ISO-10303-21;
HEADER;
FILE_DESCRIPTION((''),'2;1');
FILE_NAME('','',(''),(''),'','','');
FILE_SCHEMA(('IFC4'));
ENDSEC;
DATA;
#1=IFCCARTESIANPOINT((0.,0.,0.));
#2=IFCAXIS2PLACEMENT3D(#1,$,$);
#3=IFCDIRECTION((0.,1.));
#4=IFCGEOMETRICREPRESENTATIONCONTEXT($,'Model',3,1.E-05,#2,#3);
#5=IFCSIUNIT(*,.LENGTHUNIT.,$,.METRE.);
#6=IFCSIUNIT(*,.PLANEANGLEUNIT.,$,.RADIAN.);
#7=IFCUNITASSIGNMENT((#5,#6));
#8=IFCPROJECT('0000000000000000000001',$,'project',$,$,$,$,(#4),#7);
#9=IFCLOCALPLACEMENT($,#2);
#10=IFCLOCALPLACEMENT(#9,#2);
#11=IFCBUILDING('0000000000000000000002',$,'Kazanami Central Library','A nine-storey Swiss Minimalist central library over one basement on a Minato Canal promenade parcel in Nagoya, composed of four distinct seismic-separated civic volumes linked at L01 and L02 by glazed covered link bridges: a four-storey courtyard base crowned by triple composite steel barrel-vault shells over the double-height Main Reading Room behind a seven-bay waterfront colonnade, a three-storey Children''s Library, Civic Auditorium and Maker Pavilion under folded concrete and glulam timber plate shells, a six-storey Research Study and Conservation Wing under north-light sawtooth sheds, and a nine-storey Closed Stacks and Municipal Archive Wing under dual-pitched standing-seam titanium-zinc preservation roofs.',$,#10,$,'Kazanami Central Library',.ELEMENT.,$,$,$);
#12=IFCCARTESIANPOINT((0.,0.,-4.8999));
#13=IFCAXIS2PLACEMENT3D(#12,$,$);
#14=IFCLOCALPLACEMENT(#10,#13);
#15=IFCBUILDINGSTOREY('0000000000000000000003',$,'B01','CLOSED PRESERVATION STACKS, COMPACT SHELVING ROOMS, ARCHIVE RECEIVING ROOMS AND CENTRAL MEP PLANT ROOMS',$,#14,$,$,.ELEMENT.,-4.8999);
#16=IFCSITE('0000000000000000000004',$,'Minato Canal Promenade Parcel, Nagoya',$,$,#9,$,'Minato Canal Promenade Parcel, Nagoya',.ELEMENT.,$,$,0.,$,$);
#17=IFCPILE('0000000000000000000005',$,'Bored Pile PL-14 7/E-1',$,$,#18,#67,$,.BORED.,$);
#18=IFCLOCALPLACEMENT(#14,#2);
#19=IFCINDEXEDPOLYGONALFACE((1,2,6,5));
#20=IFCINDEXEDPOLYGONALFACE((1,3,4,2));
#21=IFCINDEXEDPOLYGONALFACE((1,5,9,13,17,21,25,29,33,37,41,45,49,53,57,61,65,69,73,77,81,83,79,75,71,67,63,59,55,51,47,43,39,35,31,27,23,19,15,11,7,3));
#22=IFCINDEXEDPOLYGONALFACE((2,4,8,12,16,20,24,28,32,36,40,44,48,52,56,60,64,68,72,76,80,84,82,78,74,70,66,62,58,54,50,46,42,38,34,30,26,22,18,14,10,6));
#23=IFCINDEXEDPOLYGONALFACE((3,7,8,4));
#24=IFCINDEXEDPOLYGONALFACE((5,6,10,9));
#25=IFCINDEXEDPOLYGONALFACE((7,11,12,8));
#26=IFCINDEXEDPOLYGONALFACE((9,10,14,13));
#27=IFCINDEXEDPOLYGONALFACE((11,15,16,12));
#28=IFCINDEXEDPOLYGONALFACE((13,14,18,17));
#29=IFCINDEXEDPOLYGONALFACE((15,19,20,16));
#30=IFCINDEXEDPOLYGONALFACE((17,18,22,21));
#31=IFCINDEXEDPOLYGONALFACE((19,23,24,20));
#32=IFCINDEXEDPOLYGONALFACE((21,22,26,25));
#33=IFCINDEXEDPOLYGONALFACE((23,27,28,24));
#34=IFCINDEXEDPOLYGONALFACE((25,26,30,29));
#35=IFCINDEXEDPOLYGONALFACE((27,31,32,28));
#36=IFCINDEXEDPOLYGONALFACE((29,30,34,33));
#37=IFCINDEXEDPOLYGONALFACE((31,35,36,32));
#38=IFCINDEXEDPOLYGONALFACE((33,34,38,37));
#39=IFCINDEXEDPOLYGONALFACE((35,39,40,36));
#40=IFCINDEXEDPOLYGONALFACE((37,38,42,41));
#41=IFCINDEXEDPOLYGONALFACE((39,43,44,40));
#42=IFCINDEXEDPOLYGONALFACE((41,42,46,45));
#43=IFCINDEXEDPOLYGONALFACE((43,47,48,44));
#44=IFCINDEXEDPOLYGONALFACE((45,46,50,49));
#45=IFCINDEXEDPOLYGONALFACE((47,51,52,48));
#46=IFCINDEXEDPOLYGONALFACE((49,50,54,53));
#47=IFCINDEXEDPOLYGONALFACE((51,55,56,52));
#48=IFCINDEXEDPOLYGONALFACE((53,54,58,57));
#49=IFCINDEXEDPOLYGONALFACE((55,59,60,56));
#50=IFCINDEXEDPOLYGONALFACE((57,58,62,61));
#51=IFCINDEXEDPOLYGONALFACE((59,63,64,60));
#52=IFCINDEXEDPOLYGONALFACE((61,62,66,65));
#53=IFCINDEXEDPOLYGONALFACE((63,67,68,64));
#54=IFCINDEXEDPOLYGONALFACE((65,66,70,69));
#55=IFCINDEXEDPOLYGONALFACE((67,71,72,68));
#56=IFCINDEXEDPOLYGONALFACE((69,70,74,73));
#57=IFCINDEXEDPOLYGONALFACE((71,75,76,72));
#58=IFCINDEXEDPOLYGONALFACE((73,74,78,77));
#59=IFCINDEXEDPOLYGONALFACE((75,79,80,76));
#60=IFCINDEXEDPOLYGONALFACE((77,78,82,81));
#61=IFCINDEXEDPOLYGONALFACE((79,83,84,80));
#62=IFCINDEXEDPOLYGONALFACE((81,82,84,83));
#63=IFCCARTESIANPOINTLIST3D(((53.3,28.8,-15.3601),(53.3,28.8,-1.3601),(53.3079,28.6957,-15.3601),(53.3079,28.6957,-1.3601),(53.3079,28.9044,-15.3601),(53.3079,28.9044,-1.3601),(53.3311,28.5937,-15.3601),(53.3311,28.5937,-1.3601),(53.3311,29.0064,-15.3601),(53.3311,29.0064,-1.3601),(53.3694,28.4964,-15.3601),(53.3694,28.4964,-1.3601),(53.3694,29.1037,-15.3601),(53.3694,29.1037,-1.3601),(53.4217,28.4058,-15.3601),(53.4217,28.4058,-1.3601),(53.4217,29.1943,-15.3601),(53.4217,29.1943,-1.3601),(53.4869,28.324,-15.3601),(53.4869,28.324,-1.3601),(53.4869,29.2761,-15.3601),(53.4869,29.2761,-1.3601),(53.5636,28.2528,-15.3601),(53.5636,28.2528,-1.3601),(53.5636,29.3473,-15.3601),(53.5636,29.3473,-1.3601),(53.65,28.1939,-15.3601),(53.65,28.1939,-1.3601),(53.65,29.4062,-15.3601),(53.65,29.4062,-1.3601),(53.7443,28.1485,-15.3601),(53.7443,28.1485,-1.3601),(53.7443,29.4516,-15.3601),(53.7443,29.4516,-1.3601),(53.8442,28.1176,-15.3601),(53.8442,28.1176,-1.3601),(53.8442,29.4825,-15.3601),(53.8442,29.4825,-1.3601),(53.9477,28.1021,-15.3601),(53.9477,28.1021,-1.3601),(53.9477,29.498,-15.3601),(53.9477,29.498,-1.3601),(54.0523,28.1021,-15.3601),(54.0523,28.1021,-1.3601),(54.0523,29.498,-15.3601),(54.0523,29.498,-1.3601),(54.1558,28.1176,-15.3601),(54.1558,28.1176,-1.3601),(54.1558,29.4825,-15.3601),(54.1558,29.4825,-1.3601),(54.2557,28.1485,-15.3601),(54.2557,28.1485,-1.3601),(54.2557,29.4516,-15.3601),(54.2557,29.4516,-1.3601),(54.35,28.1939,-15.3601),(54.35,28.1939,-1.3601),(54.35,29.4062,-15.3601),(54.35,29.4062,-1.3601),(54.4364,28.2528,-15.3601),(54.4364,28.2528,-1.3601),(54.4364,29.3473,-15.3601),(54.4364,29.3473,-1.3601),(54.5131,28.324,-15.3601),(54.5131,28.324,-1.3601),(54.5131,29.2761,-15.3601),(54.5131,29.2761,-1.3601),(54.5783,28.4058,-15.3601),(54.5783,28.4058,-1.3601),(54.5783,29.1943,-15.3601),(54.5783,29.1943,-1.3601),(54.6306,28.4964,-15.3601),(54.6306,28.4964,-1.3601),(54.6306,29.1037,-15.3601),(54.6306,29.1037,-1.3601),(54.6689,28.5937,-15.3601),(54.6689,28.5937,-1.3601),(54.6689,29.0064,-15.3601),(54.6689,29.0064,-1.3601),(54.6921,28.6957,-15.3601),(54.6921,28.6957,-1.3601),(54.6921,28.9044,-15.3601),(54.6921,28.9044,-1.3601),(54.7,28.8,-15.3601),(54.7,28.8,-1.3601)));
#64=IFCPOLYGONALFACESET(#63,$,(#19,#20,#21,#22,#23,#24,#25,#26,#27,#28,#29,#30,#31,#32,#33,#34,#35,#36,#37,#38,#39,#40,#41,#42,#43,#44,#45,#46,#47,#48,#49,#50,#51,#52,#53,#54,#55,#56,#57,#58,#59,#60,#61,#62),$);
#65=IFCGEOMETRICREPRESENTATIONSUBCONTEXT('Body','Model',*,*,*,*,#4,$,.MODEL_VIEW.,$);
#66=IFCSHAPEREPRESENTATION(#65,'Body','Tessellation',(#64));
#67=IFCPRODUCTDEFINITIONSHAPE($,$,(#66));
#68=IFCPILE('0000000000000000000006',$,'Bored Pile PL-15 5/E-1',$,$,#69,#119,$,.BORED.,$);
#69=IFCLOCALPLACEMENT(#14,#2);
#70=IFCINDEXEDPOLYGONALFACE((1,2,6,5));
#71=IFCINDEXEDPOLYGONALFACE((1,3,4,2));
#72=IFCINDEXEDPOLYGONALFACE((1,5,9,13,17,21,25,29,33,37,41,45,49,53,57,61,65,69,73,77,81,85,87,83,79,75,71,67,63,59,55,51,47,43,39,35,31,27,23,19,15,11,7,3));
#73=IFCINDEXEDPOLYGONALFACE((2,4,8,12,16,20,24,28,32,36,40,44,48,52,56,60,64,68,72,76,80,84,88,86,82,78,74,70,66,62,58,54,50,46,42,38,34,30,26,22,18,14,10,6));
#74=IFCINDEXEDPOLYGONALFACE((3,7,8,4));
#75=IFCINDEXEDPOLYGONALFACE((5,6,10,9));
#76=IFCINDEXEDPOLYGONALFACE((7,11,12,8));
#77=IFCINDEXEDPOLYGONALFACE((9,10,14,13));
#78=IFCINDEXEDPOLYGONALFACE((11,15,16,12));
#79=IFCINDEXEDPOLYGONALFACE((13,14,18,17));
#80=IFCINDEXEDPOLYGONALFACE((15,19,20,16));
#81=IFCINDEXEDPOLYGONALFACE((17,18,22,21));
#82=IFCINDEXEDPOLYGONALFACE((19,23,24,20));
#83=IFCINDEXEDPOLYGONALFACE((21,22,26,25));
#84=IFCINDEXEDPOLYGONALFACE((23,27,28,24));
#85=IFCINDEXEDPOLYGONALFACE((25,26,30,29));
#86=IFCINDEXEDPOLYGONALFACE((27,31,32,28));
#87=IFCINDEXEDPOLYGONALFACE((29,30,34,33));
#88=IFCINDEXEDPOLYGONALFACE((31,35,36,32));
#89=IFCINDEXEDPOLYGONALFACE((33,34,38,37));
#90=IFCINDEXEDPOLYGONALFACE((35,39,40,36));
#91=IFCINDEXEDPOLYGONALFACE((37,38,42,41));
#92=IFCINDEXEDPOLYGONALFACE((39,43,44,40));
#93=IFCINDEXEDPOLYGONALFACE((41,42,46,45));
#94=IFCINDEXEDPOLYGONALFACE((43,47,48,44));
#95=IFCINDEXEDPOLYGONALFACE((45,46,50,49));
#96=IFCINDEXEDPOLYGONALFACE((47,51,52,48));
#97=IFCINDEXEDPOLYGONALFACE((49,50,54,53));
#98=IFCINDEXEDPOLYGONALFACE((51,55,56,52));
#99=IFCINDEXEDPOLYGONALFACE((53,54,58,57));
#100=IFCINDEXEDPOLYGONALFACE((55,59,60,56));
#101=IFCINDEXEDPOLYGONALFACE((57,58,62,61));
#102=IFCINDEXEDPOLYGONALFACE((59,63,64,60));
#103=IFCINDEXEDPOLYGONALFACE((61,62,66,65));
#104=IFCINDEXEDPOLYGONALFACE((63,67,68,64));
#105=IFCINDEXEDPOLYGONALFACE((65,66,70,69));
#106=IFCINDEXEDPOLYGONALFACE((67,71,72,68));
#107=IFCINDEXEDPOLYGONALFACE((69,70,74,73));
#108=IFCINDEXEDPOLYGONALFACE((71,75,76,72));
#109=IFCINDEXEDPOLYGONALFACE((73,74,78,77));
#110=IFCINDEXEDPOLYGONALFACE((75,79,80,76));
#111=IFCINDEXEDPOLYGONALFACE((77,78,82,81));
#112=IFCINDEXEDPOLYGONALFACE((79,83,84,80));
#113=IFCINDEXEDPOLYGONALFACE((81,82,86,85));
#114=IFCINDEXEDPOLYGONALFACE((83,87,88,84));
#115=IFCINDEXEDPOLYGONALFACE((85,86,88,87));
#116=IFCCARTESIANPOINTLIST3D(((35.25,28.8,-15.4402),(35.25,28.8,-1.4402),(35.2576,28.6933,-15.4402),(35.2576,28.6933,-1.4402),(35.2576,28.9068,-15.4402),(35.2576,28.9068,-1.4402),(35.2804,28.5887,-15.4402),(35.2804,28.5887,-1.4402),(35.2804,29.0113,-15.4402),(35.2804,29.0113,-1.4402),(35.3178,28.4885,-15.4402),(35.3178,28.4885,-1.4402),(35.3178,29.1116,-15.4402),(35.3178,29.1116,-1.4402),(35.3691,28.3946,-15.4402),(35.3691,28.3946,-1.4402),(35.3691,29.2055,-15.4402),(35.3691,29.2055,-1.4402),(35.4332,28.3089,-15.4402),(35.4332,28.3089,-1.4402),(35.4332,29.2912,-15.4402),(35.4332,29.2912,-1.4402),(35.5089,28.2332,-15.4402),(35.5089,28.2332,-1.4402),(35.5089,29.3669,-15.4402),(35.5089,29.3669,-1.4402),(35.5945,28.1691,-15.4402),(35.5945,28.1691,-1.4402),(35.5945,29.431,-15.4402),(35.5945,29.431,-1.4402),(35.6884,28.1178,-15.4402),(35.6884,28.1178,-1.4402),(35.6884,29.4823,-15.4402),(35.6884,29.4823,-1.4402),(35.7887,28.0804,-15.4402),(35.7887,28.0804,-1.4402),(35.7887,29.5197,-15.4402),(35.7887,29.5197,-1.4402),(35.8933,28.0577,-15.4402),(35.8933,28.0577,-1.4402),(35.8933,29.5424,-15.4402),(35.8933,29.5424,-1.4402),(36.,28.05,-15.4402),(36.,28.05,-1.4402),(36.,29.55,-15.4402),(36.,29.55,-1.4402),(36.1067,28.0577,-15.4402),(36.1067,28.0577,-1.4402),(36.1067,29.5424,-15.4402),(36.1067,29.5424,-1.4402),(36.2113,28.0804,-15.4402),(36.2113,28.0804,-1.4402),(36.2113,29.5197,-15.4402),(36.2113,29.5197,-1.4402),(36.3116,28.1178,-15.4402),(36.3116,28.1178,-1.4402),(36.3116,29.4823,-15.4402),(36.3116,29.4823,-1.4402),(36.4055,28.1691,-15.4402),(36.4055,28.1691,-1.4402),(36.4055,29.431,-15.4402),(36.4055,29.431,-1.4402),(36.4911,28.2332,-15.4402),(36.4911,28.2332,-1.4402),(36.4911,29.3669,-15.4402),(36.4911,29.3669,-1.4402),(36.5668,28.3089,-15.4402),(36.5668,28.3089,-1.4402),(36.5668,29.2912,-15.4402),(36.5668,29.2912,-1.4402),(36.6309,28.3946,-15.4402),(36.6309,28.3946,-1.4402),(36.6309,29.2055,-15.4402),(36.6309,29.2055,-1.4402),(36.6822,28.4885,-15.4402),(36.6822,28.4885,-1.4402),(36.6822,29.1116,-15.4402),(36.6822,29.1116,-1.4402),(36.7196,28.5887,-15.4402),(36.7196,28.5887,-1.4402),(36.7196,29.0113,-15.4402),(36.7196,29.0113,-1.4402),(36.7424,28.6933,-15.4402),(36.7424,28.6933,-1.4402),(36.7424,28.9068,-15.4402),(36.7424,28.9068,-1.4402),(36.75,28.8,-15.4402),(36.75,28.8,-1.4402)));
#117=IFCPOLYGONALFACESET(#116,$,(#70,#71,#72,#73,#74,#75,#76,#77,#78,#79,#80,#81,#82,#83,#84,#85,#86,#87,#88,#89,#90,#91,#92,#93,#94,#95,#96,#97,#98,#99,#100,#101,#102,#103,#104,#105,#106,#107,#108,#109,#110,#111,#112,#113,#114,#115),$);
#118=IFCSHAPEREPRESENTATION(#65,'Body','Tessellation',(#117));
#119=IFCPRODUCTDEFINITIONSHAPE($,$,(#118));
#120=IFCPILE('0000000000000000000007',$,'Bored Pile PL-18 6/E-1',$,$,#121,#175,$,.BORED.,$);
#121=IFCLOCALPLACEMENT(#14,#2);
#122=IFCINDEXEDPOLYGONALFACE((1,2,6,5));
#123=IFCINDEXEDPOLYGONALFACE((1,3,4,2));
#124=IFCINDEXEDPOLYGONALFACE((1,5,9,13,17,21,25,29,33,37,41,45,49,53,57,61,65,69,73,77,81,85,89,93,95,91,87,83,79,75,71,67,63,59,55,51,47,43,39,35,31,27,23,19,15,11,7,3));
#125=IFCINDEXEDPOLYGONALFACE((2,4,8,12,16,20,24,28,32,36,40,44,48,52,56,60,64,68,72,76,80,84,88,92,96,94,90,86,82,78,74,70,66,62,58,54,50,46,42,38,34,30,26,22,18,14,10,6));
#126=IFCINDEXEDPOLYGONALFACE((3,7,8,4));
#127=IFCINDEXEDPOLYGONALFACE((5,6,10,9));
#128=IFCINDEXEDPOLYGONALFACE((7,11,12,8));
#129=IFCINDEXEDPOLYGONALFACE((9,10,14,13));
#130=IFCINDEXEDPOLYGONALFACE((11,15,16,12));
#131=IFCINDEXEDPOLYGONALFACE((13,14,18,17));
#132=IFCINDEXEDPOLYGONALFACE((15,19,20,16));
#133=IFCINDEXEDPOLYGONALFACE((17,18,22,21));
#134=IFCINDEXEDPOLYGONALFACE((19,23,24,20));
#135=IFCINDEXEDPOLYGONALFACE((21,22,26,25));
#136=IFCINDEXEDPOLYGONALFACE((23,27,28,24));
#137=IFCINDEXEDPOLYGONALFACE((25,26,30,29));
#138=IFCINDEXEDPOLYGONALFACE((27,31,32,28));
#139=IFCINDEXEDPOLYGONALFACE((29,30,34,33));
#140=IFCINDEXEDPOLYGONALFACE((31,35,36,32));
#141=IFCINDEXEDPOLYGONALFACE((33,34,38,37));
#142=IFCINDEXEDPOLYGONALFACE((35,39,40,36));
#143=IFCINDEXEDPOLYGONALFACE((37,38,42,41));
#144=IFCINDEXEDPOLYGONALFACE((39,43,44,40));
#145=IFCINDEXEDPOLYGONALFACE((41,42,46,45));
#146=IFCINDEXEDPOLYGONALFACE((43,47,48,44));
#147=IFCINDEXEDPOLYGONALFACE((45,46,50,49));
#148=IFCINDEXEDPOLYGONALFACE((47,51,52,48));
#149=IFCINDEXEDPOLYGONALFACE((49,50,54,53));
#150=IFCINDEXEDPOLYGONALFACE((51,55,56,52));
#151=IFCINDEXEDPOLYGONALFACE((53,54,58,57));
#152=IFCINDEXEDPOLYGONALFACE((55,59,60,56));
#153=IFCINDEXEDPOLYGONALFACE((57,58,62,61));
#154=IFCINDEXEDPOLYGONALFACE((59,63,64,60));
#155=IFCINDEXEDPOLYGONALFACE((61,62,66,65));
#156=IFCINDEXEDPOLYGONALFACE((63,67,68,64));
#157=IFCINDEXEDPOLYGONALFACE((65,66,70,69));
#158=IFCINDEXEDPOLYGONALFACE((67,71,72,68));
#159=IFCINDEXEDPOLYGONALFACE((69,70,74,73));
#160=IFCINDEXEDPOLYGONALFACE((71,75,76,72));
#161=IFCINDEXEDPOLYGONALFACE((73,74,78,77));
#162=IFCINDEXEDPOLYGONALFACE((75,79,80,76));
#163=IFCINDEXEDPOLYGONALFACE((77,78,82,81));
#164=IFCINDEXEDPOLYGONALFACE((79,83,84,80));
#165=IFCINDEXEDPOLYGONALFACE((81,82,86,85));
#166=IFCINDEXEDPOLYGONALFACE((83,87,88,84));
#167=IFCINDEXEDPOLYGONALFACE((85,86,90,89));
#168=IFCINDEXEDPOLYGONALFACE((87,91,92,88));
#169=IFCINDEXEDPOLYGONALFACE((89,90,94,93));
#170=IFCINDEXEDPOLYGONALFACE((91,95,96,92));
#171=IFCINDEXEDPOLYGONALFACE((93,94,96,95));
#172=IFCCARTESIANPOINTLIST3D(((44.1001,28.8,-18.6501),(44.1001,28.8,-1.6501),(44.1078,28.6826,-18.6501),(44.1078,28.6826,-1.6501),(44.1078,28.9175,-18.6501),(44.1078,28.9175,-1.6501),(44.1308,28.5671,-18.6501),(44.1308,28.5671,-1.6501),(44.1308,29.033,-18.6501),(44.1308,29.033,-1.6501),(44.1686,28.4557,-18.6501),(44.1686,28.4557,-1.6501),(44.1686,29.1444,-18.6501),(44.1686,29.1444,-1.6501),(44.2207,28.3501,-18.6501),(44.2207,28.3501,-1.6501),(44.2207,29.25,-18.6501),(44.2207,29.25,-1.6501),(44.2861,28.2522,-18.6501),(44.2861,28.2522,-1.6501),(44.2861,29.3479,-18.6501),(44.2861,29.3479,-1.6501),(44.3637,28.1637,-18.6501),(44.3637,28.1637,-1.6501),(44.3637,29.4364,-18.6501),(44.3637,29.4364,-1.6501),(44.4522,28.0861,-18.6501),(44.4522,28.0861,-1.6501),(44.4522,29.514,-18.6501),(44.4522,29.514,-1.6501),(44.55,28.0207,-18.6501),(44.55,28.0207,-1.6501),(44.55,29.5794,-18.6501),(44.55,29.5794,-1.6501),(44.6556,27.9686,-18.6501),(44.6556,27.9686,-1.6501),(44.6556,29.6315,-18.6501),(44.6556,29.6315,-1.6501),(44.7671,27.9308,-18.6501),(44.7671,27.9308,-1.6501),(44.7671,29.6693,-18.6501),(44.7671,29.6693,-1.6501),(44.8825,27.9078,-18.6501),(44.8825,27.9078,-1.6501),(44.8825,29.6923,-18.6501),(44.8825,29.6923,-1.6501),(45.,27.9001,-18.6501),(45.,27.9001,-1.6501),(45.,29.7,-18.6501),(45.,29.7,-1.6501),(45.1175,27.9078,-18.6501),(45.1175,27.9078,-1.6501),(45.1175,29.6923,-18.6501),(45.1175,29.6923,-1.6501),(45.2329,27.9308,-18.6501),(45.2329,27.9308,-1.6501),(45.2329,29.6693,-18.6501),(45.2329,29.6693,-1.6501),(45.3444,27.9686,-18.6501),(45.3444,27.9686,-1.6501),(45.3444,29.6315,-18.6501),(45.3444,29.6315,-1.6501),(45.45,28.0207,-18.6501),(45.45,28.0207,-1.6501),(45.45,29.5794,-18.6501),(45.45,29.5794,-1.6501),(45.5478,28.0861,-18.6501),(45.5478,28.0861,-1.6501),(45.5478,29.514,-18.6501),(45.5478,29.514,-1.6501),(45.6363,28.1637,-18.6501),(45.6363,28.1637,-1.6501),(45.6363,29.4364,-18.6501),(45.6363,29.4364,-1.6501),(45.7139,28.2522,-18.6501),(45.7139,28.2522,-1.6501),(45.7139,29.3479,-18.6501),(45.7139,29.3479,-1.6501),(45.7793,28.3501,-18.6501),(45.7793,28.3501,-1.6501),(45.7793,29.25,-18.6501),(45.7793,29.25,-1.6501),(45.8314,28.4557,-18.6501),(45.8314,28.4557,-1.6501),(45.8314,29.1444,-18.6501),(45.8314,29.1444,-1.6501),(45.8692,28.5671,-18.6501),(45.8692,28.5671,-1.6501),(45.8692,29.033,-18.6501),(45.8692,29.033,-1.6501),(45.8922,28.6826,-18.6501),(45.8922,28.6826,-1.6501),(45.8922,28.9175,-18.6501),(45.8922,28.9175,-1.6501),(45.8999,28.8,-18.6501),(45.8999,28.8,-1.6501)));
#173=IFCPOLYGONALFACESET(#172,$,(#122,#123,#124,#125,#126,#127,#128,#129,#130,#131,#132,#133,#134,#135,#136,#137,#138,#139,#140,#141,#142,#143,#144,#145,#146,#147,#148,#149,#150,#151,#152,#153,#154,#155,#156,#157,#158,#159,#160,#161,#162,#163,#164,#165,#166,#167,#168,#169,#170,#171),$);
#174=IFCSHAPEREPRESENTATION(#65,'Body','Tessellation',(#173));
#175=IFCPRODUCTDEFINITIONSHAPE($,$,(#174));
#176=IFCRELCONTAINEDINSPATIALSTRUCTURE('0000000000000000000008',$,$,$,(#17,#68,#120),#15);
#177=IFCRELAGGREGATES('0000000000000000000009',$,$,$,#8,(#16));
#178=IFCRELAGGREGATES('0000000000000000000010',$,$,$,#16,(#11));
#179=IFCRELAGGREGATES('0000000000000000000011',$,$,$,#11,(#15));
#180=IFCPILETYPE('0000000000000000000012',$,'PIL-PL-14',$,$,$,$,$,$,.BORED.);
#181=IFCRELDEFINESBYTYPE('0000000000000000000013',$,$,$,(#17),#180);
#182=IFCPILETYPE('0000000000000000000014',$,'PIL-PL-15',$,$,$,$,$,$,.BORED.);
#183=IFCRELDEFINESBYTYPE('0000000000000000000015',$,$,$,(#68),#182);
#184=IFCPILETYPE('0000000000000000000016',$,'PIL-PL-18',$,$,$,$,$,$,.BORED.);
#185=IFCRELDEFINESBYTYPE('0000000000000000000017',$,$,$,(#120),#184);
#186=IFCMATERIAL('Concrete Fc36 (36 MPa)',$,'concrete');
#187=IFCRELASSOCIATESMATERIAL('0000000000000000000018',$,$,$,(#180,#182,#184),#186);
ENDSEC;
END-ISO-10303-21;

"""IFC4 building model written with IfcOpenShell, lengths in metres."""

from ifc_helpers import new_model, si_unit, direction, frame, origin, origin_2d, place, context, subcontext, project, spatial, circle, extrude, material, material_profile, profile_set, type_object, element, save


model = new_model("IFC4")

# Units and contexts
model_context = context("Model", 3, precision=1e-05, world=origin(), true_north=direction((0.0, 1.0)))
body_context = subcontext(model_context, "Body", "Model", "MODEL_VIEW")
ifc_project = project(units=[si_unit("LENGTHUNIT", "METRE"), si_unit("PLANEANGLEUNIT", "RADIAN")], contexts=[model_context])

# Site, building, storey
site_placement = place(None, origin())
site = spatial("IfcSite", under=ifc_project, at=site_placement, Name="Minato Canal Promenade Parcel, Nagoya", LongName="Minato Canal Promenade Parcel, Nagoya", CompositionType="ELEMENT", RefElevation=0.0)
building_placement = place(site_placement, origin())
building = spatial("IfcBuilding", under=site, at=building_placement, Name="Kazanami Central Library", Description="A nine-storey Swiss Minimalist central library over one basement on a Minato Canal promenade parcel in Nagoya, composed of four distinct seismic-separated civic volumes linked at L01 and L02 by glazed covered link bridges: a four-storey courtyard base crowned by triple composite steel barrel-vault shells over the double-height Main Reading Room behind a seven-bay waterfront colonnade, a three-storey Children's Library, Civic Auditorium and Maker Pavilion under folded concrete and glulam timber plate shells, a six-storey Research Study and Conservation Wing under north-light sawtooth sheds, and a nine-storey Closed Stacks and Municipal Archive Wing under dual-pitched standing-seam titanium-zinc preservation roofs.", LongName="Kazanami Central Library", CompositionType="ELEMENT")
storey_placement = place(building_placement, frame((0.0, 0.0, -4.8999)))
storey = spatial("IfcBuildingStorey", under=building, at=storey_placement, Name="B01", Description="CLOSED PRESERVATION STACKS, COMPACT SHELVING ROOMS, ARCHIVE RECEIVING ROOMS AND CENTRAL MEP PLANT ROOMS", CompositionType="ELEMENT", Elevation=-4.8999)

# Shared definitions
ifc_material_1 = material(Name="Concrete Fc36 (36 MPa)", Category="concrete")

# Piles
ifc_material_profile_1 = material_profile(ifc_material_1, circle(Radius=0.7, at=origin_2d()), Name="BORED-D1400")
ifc_profile_set_1 = profile_set([ifc_material_profile_1], Name="Concrete Fc36 (36 MPa)")
pile_type_1 = type_object("IfcPileType", Name="PIL-PL-14", PredefinedType="BORED", material=ifc_profile_set_1)
for number, where, z_axis, x_axis, name in (
    (1, (54.0, 28.8, -1.3601), (0.0, 0.0, -1.0), (1.0, 0.0, 0.0), "Bored Pile PL-14 7/E-1"),
):
    element("IfcPile", number, at=place(storey_placement, frame(where, z_axis=z_axis, x_axis=x_axis)), inside=storey, type_object=pile_type_1, Name=name, PredefinedType="BORED", context=body_context, shape_type="SweptSolid", body=[
        extrude(circle(Radius=0.7, at=origin_2d()), origin(), (0.0, 0.0, 1.0), 14.0),
    ])
ifc_material_profile_2 = material_profile(ifc_material_1, circle(Radius=0.75, at=origin_2d()), Name="BORED-D1500")
ifc_profile_set_2 = profile_set([ifc_material_profile_2], Name="Concrete Fc36 (36 MPa)")
pile_type_2 = type_object("IfcPileType", Name="PIL-PL-15", PredefinedType="BORED", material=ifc_profile_set_2)
pile_placement = place(storey_placement, frame((36.0, 28.8, -1.4402), z_axis=(0.0, 0.0, -1.0), x_axis=(1.0, 0.0, 0.0)))
element("IfcPile", 2, at=pile_placement, inside=storey, type_object=pile_type_2, Name="Bored Pile PL-15 5/E-1", PredefinedType="BORED", context=body_context, shape_type="SweptSolid", body=[
    extrude(circle(Radius=0.75, at=origin_2d()), origin(), (0.0, 0.0, 1.0), 14.0),
])
ifc_material_profile_3 = material_profile(ifc_material_1, circle(Radius=0.8999, at=origin_2d()), Name="BORED-D1800")
ifc_profile_set_3 = profile_set([ifc_material_profile_3], Name="Concrete Fc36 (36 MPa)")
pile_type_3 = type_object("IfcPileType", Name="PIL-PL-18", PredefinedType="BORED", material=ifc_profile_set_3)
for number, where, z_axis, x_axis, name in (
    (3, (45.0, 28.8, -1.6501), (0.0, 0.0, -1.0), (1.0, 0.0, 0.0), "Bored Pile PL-18 6/E-1"),
):
    element("IfcPile", number, at=place(storey_placement, frame(where, z_axis=z_axis, x_axis=x_axis)), inside=storey, type_object=pile_type_3, Name=name, PredefinedType="BORED", context=body_context, shape_type="SweptSolid", body=[
        extrude(circle(Radius=0.8999, at=origin_2d()), origin(), (0.0, 0.0, 1.0), 17.0),
    ])

save(model, "model.ifc")
